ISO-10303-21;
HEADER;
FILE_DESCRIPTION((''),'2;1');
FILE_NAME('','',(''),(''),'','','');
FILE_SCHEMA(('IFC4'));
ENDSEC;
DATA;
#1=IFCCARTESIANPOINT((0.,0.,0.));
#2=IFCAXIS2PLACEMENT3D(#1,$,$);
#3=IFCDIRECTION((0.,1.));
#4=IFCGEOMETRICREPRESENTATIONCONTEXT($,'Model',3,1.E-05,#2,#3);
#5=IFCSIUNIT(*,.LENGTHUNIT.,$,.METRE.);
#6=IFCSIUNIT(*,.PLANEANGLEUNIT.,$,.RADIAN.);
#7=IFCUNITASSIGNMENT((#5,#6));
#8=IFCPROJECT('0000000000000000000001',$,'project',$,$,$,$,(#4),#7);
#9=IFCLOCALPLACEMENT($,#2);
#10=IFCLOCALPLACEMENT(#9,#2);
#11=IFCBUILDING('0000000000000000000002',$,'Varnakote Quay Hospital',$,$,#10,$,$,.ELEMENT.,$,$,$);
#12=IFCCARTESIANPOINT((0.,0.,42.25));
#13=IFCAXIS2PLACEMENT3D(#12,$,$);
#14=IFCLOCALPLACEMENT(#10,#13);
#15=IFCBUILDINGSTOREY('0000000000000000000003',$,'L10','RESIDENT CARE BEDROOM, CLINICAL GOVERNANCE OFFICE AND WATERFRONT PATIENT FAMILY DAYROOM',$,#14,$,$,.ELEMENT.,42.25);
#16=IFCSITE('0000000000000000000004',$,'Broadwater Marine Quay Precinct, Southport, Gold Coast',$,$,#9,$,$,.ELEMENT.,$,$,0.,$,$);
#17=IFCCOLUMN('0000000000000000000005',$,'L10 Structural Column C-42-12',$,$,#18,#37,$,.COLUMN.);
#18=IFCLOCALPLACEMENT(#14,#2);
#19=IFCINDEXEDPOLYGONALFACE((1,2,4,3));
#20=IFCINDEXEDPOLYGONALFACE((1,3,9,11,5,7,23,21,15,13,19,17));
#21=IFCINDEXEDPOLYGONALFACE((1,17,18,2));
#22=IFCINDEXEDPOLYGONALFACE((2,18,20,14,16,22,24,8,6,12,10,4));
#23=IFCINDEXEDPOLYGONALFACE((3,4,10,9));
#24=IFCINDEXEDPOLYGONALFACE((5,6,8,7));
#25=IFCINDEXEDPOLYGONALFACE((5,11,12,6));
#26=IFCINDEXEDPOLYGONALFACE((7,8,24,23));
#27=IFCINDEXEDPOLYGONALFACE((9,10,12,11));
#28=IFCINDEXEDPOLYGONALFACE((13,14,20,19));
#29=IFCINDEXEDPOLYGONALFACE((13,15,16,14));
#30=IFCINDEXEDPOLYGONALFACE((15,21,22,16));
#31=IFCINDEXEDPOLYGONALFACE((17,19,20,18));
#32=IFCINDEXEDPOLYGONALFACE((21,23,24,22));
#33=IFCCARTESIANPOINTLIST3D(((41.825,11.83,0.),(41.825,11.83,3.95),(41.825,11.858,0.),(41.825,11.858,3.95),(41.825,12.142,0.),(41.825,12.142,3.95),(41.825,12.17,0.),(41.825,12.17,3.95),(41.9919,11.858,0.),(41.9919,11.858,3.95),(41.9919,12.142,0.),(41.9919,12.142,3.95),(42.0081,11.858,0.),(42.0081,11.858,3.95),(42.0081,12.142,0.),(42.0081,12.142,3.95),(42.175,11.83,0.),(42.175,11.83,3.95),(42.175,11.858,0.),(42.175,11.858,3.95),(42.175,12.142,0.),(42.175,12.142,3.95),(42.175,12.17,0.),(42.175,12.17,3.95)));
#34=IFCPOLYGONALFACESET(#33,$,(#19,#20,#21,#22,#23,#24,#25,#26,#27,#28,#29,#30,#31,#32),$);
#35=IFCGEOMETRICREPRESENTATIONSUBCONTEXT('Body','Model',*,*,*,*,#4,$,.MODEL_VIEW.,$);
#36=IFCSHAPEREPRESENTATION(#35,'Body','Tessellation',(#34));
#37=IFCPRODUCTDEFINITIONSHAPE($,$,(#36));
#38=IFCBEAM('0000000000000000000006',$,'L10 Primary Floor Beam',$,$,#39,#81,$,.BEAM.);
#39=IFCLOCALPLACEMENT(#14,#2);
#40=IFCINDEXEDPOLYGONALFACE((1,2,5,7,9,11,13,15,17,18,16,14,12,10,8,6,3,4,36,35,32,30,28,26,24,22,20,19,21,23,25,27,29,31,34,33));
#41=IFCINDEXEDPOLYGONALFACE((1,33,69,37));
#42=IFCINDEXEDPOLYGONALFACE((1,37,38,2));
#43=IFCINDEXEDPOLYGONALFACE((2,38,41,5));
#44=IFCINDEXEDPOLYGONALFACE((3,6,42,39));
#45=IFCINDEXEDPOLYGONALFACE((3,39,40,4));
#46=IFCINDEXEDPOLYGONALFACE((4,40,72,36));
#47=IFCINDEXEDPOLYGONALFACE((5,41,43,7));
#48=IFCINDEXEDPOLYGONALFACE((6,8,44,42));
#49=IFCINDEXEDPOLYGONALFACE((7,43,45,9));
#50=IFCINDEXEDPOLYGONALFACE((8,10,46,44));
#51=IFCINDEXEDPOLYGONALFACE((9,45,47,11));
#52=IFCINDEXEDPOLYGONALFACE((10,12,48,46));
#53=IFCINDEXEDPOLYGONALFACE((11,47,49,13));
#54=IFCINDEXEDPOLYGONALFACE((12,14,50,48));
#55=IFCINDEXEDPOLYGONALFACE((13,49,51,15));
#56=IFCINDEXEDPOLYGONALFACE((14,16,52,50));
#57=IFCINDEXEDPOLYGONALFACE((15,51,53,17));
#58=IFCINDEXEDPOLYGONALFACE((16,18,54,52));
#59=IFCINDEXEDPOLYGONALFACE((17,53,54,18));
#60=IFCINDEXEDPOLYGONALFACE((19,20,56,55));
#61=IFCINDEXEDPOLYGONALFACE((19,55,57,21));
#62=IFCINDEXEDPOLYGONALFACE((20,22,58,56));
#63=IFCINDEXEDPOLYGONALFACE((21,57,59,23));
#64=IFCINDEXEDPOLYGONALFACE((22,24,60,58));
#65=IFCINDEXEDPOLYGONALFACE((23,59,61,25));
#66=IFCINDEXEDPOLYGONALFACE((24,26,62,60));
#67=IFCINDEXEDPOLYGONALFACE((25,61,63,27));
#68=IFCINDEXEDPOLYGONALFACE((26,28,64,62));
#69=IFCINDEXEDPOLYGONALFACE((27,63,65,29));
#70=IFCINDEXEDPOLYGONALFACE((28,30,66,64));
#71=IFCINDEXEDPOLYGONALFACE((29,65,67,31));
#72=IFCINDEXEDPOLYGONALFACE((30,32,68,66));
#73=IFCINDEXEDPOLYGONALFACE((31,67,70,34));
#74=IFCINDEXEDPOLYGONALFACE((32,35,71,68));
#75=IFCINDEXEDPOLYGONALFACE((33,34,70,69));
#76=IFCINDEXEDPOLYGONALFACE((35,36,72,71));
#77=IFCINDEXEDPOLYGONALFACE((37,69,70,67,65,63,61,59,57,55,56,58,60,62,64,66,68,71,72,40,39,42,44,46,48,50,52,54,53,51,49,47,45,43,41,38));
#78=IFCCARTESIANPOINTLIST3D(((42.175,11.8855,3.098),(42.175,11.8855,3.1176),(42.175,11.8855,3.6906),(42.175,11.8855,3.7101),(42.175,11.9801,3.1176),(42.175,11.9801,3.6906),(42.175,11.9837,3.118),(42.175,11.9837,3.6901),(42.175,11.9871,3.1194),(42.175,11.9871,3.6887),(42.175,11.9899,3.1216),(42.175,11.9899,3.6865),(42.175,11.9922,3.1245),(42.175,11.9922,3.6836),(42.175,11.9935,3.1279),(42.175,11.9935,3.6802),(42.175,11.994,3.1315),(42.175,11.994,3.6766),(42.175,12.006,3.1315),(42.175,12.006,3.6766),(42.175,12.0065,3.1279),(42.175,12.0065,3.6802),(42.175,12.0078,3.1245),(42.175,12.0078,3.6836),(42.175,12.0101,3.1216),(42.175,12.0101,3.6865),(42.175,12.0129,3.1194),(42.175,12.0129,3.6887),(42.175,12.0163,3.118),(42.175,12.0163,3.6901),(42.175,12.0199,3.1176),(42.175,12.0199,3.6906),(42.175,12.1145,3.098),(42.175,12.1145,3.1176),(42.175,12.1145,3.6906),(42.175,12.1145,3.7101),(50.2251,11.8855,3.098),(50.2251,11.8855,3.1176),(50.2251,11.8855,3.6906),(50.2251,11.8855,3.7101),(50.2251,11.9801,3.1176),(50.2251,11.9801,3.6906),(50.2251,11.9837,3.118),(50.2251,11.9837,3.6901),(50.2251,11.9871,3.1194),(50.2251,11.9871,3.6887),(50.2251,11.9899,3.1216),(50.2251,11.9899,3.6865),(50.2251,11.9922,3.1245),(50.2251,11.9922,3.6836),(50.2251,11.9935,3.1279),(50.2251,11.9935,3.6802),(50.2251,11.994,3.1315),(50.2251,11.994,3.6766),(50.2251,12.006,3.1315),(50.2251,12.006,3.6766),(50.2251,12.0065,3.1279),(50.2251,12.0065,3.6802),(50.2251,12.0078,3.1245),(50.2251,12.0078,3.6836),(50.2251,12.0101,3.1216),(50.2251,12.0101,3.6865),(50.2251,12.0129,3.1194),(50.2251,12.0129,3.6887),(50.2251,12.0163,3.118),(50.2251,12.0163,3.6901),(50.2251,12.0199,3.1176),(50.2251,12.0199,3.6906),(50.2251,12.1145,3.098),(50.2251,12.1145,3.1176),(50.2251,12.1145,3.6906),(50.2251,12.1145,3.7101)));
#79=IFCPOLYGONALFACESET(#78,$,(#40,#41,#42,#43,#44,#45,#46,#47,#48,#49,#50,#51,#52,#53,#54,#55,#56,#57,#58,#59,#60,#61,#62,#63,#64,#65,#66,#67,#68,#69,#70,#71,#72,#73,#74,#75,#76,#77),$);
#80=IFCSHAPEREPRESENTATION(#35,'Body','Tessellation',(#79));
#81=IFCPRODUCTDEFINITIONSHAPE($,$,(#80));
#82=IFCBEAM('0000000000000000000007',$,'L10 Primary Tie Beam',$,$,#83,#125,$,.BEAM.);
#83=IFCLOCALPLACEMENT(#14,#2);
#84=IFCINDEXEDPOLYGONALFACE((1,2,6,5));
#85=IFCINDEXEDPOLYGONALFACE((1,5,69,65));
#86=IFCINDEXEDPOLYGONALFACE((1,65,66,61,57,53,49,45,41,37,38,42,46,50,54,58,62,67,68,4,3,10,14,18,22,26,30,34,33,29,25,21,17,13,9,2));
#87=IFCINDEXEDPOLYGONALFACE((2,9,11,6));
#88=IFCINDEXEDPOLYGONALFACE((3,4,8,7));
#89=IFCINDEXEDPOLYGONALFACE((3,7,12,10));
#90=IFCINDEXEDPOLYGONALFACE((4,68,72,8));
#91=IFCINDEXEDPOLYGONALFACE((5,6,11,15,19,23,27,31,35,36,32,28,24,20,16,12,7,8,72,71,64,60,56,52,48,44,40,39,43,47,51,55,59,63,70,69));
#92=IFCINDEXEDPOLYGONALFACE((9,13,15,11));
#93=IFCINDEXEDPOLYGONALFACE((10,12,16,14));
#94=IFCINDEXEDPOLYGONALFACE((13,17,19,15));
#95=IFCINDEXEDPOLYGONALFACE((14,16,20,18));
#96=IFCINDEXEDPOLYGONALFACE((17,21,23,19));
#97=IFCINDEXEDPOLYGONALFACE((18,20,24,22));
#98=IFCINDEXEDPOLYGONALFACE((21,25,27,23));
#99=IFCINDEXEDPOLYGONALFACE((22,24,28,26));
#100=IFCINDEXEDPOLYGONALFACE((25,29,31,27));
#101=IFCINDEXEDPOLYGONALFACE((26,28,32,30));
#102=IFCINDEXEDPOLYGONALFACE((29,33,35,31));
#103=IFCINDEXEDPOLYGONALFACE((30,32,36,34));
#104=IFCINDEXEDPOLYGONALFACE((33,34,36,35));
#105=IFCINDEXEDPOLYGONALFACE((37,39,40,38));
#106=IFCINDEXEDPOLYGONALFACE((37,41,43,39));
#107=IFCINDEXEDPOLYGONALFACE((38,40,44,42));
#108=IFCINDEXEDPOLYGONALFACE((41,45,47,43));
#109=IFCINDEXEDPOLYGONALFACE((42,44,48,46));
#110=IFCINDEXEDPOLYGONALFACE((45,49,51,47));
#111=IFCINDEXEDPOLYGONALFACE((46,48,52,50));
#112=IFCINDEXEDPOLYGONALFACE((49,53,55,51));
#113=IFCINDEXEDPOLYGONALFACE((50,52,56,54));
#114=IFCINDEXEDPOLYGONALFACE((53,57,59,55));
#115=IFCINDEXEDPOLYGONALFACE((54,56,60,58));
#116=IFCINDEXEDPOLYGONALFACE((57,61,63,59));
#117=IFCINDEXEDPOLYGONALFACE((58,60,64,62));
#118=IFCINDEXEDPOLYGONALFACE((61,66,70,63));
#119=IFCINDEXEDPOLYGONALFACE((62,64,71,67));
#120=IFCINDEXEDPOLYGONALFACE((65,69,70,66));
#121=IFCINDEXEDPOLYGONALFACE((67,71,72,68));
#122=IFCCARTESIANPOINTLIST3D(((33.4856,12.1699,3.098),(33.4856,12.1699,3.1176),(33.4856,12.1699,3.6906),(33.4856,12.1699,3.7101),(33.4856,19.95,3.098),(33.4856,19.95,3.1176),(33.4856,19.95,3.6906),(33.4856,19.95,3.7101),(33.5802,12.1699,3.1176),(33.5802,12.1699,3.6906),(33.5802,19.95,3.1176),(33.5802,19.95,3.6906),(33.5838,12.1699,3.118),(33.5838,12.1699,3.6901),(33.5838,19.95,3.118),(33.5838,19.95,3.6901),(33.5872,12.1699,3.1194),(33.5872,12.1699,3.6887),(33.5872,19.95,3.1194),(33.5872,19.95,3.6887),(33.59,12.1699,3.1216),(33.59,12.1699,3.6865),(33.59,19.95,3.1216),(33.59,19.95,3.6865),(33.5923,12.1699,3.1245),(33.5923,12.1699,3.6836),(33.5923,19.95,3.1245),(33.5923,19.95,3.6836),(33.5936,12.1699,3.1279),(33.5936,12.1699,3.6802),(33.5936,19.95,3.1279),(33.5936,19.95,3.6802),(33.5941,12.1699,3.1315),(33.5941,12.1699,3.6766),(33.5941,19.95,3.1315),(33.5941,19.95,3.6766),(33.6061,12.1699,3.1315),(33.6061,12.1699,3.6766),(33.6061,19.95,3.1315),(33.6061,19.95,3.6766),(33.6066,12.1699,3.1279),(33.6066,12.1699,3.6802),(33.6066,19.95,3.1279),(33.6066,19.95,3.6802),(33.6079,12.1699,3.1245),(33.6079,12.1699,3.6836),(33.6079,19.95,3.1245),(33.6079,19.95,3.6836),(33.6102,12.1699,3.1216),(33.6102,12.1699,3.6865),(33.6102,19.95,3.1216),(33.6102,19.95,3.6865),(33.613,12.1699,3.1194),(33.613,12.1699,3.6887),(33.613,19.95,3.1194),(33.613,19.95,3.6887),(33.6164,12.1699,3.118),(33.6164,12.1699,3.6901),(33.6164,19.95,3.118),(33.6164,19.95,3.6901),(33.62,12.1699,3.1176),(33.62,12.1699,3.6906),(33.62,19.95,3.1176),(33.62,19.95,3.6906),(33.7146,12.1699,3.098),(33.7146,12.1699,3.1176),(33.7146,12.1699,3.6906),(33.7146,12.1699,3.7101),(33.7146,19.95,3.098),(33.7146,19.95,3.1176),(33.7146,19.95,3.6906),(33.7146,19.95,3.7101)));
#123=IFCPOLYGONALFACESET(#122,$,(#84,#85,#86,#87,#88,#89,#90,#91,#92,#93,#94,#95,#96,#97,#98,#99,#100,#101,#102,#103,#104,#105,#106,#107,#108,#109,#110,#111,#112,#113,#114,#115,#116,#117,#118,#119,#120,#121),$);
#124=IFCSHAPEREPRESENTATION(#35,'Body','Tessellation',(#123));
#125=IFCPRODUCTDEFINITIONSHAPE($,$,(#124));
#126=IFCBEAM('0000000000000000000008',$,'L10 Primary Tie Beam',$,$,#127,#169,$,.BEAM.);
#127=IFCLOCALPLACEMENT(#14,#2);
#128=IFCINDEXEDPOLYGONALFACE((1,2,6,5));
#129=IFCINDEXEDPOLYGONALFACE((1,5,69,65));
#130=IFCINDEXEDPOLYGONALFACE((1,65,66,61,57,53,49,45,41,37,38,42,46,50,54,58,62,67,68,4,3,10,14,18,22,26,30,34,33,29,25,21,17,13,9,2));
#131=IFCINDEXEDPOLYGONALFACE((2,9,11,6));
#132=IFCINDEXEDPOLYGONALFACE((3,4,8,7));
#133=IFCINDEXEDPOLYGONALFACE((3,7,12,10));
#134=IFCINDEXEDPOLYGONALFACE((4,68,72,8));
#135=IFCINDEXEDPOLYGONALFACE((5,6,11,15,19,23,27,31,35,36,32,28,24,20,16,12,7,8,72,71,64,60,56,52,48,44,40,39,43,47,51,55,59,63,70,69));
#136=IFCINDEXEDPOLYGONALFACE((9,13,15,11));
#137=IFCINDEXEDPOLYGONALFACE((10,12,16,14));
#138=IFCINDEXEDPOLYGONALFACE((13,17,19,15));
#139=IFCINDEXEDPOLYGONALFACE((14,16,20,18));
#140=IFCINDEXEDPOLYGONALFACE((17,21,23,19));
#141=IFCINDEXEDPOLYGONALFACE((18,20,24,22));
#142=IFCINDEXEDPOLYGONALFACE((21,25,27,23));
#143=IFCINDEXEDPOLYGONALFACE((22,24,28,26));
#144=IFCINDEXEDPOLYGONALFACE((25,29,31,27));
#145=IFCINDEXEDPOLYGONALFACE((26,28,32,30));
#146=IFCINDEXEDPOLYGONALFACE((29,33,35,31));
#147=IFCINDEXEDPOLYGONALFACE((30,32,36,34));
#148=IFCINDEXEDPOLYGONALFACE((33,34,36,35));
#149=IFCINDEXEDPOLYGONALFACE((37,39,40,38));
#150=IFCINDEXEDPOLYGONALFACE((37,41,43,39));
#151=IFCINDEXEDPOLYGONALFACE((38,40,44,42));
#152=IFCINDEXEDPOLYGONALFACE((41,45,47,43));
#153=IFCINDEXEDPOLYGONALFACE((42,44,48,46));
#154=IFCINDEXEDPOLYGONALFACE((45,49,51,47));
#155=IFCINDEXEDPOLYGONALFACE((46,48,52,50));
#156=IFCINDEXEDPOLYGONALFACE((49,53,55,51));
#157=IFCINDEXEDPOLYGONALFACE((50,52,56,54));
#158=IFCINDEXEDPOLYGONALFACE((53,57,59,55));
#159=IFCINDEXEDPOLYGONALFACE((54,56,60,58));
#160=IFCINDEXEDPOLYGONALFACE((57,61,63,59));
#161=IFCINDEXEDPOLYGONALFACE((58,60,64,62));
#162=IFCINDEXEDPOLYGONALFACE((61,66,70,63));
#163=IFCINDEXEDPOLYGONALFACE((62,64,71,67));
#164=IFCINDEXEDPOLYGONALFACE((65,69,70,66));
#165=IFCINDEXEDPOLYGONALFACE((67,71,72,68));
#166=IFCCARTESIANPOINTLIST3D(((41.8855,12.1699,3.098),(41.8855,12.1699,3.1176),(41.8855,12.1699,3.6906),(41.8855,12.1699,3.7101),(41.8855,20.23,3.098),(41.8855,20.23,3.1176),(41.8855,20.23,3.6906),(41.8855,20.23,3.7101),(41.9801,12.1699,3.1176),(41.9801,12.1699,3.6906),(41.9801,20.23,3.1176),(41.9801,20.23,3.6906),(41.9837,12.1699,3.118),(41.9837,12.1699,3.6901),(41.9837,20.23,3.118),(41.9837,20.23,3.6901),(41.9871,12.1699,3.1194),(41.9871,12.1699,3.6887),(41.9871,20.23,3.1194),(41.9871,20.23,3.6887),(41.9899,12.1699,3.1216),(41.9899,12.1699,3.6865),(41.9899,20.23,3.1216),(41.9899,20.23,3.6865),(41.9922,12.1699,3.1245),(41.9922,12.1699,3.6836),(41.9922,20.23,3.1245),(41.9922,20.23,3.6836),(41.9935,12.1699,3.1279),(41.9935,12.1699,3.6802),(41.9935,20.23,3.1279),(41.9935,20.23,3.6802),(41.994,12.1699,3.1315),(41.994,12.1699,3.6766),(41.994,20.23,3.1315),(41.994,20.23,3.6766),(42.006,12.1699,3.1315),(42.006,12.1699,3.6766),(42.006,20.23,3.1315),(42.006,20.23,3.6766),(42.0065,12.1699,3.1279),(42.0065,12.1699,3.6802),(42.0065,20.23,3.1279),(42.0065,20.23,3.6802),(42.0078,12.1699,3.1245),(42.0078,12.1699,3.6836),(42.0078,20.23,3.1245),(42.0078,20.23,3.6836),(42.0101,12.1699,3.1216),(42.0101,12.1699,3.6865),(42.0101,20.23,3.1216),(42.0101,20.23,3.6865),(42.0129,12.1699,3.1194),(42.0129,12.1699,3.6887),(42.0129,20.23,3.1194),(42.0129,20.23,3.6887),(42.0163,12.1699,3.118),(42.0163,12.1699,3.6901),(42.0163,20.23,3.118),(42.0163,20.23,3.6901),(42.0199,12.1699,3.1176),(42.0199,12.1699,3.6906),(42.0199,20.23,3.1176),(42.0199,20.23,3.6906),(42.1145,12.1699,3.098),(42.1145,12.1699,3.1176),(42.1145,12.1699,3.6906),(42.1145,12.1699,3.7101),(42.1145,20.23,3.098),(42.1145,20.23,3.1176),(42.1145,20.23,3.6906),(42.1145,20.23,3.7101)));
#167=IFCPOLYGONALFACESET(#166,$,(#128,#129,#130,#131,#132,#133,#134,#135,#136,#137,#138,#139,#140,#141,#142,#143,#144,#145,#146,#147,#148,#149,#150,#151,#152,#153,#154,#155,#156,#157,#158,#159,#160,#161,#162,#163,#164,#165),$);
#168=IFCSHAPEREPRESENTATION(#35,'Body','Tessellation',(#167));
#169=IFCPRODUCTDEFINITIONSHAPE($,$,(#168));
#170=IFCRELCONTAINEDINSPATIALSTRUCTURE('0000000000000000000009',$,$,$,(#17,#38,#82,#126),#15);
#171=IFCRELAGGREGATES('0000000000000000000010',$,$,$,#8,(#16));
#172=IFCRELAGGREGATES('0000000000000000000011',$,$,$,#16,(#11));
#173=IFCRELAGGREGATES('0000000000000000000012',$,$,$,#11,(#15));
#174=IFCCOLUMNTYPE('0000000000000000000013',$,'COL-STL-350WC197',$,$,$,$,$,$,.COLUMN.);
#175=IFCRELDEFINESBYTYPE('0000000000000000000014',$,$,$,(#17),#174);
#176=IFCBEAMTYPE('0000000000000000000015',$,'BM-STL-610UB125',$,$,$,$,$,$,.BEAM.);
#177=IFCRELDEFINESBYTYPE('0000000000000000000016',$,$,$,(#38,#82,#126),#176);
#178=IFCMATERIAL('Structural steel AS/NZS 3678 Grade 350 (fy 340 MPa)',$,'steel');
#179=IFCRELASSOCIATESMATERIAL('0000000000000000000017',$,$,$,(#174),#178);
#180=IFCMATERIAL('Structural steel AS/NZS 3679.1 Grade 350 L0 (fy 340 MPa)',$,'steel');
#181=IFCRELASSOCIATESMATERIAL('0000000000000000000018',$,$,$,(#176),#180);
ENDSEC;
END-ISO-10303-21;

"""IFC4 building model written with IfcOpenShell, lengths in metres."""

from ifc_helpers import new_model, si_unit, direction, frame, origin, origin_2d, place, context, subcontext, project, spatial, i_section, extrude, material, material_profile, profile_set, type_object, element, save


model = new_model("IFC4")

# Units and contexts
model_context = context("Model", 3, precision=1e-05, world=origin(), true_north=direction((0.0, 1.0)))
body_context = subcontext(model_context, "Body", "Model", "MODEL_VIEW")
ifc_project = project(units=[si_unit("LENGTHUNIT", "METRE"), si_unit("PLANEANGLEUNIT", "RADIAN")], contexts=[model_context])

# Site, building, storey
site_placement = place(None, origin())
site = spatial("IfcSite", under=ifc_project, at=site_placement, Name="Broadwater Marine Quay Precinct, Southport, Gold Coast", CompositionType="ELEMENT", RefElevation=0.0)
building_placement = place(site_placement, origin())
building = spatial("IfcBuilding", under=site, at=building_placement, Name="Varnakote Quay Hospital", CompositionType="ELEMENT")
storey_placement = place(building_placement, frame((0.0, 0.0, 42.25)))
storey = spatial("IfcBuildingStorey", under=building, at=storey_placement, Name="L10", Description="RESIDENT CARE BEDROOM, CLINICAL GOVERNANCE OFFICE AND WATERFRONT PATIENT FAMILY DAYROOM", CompositionType="ELEMENT", Elevation=42.25)

# Column
ifc_material_1 = material(Name="Structural steel AS/NZS 3678 Grade 350 (fy 340 MPa)", Category="steel")
ifc_material_profile_1 = material_profile(ifc_material_1, i_section(OverallWidth=0.3501, OverallDepth=0.3401, WebThickness=0.0161, FlangeThickness=0.0281, at=origin_2d()), Name="350WC197")
ifc_profile_set_1 = profile_set([ifc_material_profile_1], Name="Structural steel AS/NZS 3678 Grade 350 (fy 340 MPa)")
column_type = type_object("IfcColumnType", Name="COL-STL-350WC197", PredefinedType="COLUMN", material=ifc_profile_set_1)
column_placement = place(storey_placement, frame((42.0, 12.0, 0.0), z_axis=(0.0, 0.0, 1.0), x_axis=(1.0, 0.0, 0.0)))
element("IfcColumn", 1, at=column_placement, inside=storey, type_object=column_type, Name="L10 Structural Column C-42-12", PredefinedType="COLUMN", context=body_context, shape_type="SweptSolid", body=[
    extrude(i_section(OverallWidth=0.3501, OverallDepth=0.3401, WebThickness=0.0161, FlangeThickness=0.0281, at=origin_2d()), origin(), (0.0, 0.0, 1.0), 3.95),
])

# Beams
ifc_material_2 = material(Name="Structural steel AS/NZS 3679.1 Grade 350 L0 (fy 340 MPa)", Category="steel")
ifc_material_profile_2 = material_profile(ifc_material_2, i_section(OverallWidth=0.229, OverallDepth=0.6121, WebThickness=0.012, FlangeThickness=0.0195, FilletRadius=0.0139, at=origin_2d()), Name="610UB125")
ifc_profile_set_2 = profile_set([ifc_material_profile_2], Name="Structural steel AS/NZS 3679.1 Grade 350 L0 (fy 340 MPa)")
beam_type_1 = type_object("IfcBeamType", Name="BM-STL-610UB125", PredefinedType="BEAM", material=ifc_profile_set_2)
beam_1_placement = place(storey_placement, frame((42.175, 12.0, 3.4041), z_axis=(1.0, 0.0, 0.0), x_axis=(0.0, 1.0, 0.0)))
element("IfcBeam", 2, at=beam_1_placement, inside=storey, type_object=beam_type_1, Name="L10 Primary Floor Beam", PredefinedType="BEAM", context=body_context, shape_type="SweptSolid", body=[
    extrude(i_section(OverallWidth=0.229, OverallDepth=0.6121, WebThickness=0.012, FlangeThickness=0.0195, FilletRadius=0.0139, at=origin_2d()), origin(), (0.0, 0.0, 1.0), 8.05),
])
beam_2_placement = place(storey_placement, frame((33.6001, 12.1699, 3.4041), z_axis=(0.0, 1.0, 0.0), x_axis=(-1.0, 0.0, 0.0)))
element("IfcBeam", 3, at=beam_2_placement, inside=storey, type_object=beam_type_1, Name="L10 Primary Tie Beam", PredefinedType="BEAM", context=body_context, shape_type="SweptSolid", body=[
    extrude(i_section(OverallWidth=0.229, OverallDepth=0.6121, WebThickness=0.012, FlangeThickness=0.0195, FilletRadius=0.0139, at=origin_2d()), origin(), (0.0, 0.0, 1.0), 7.78),
])
beam_3_placement = place(storey_placement, frame((42.0, 12.1699, 3.4041), z_axis=(0.0, 1.0, 0.0), x_axis=(-1.0, 0.0, 0.0)))
element("IfcBeam", 4, at=beam_3_placement, inside=storey, type_object=beam_type_1, Name="L10 Primary Tie Beam", PredefinedType="BEAM", context=body_context, shape_type="SweptSolid", body=[
    extrude(i_section(OverallWidth=0.229, OverallDepth=0.6121, WebThickness=0.012, FlangeThickness=0.0195, FilletRadius=0.0139, at=origin_2d()), origin(), (0.0, 0.0, 1.0), 8.0601),
])

save(model, "model.ifc")
